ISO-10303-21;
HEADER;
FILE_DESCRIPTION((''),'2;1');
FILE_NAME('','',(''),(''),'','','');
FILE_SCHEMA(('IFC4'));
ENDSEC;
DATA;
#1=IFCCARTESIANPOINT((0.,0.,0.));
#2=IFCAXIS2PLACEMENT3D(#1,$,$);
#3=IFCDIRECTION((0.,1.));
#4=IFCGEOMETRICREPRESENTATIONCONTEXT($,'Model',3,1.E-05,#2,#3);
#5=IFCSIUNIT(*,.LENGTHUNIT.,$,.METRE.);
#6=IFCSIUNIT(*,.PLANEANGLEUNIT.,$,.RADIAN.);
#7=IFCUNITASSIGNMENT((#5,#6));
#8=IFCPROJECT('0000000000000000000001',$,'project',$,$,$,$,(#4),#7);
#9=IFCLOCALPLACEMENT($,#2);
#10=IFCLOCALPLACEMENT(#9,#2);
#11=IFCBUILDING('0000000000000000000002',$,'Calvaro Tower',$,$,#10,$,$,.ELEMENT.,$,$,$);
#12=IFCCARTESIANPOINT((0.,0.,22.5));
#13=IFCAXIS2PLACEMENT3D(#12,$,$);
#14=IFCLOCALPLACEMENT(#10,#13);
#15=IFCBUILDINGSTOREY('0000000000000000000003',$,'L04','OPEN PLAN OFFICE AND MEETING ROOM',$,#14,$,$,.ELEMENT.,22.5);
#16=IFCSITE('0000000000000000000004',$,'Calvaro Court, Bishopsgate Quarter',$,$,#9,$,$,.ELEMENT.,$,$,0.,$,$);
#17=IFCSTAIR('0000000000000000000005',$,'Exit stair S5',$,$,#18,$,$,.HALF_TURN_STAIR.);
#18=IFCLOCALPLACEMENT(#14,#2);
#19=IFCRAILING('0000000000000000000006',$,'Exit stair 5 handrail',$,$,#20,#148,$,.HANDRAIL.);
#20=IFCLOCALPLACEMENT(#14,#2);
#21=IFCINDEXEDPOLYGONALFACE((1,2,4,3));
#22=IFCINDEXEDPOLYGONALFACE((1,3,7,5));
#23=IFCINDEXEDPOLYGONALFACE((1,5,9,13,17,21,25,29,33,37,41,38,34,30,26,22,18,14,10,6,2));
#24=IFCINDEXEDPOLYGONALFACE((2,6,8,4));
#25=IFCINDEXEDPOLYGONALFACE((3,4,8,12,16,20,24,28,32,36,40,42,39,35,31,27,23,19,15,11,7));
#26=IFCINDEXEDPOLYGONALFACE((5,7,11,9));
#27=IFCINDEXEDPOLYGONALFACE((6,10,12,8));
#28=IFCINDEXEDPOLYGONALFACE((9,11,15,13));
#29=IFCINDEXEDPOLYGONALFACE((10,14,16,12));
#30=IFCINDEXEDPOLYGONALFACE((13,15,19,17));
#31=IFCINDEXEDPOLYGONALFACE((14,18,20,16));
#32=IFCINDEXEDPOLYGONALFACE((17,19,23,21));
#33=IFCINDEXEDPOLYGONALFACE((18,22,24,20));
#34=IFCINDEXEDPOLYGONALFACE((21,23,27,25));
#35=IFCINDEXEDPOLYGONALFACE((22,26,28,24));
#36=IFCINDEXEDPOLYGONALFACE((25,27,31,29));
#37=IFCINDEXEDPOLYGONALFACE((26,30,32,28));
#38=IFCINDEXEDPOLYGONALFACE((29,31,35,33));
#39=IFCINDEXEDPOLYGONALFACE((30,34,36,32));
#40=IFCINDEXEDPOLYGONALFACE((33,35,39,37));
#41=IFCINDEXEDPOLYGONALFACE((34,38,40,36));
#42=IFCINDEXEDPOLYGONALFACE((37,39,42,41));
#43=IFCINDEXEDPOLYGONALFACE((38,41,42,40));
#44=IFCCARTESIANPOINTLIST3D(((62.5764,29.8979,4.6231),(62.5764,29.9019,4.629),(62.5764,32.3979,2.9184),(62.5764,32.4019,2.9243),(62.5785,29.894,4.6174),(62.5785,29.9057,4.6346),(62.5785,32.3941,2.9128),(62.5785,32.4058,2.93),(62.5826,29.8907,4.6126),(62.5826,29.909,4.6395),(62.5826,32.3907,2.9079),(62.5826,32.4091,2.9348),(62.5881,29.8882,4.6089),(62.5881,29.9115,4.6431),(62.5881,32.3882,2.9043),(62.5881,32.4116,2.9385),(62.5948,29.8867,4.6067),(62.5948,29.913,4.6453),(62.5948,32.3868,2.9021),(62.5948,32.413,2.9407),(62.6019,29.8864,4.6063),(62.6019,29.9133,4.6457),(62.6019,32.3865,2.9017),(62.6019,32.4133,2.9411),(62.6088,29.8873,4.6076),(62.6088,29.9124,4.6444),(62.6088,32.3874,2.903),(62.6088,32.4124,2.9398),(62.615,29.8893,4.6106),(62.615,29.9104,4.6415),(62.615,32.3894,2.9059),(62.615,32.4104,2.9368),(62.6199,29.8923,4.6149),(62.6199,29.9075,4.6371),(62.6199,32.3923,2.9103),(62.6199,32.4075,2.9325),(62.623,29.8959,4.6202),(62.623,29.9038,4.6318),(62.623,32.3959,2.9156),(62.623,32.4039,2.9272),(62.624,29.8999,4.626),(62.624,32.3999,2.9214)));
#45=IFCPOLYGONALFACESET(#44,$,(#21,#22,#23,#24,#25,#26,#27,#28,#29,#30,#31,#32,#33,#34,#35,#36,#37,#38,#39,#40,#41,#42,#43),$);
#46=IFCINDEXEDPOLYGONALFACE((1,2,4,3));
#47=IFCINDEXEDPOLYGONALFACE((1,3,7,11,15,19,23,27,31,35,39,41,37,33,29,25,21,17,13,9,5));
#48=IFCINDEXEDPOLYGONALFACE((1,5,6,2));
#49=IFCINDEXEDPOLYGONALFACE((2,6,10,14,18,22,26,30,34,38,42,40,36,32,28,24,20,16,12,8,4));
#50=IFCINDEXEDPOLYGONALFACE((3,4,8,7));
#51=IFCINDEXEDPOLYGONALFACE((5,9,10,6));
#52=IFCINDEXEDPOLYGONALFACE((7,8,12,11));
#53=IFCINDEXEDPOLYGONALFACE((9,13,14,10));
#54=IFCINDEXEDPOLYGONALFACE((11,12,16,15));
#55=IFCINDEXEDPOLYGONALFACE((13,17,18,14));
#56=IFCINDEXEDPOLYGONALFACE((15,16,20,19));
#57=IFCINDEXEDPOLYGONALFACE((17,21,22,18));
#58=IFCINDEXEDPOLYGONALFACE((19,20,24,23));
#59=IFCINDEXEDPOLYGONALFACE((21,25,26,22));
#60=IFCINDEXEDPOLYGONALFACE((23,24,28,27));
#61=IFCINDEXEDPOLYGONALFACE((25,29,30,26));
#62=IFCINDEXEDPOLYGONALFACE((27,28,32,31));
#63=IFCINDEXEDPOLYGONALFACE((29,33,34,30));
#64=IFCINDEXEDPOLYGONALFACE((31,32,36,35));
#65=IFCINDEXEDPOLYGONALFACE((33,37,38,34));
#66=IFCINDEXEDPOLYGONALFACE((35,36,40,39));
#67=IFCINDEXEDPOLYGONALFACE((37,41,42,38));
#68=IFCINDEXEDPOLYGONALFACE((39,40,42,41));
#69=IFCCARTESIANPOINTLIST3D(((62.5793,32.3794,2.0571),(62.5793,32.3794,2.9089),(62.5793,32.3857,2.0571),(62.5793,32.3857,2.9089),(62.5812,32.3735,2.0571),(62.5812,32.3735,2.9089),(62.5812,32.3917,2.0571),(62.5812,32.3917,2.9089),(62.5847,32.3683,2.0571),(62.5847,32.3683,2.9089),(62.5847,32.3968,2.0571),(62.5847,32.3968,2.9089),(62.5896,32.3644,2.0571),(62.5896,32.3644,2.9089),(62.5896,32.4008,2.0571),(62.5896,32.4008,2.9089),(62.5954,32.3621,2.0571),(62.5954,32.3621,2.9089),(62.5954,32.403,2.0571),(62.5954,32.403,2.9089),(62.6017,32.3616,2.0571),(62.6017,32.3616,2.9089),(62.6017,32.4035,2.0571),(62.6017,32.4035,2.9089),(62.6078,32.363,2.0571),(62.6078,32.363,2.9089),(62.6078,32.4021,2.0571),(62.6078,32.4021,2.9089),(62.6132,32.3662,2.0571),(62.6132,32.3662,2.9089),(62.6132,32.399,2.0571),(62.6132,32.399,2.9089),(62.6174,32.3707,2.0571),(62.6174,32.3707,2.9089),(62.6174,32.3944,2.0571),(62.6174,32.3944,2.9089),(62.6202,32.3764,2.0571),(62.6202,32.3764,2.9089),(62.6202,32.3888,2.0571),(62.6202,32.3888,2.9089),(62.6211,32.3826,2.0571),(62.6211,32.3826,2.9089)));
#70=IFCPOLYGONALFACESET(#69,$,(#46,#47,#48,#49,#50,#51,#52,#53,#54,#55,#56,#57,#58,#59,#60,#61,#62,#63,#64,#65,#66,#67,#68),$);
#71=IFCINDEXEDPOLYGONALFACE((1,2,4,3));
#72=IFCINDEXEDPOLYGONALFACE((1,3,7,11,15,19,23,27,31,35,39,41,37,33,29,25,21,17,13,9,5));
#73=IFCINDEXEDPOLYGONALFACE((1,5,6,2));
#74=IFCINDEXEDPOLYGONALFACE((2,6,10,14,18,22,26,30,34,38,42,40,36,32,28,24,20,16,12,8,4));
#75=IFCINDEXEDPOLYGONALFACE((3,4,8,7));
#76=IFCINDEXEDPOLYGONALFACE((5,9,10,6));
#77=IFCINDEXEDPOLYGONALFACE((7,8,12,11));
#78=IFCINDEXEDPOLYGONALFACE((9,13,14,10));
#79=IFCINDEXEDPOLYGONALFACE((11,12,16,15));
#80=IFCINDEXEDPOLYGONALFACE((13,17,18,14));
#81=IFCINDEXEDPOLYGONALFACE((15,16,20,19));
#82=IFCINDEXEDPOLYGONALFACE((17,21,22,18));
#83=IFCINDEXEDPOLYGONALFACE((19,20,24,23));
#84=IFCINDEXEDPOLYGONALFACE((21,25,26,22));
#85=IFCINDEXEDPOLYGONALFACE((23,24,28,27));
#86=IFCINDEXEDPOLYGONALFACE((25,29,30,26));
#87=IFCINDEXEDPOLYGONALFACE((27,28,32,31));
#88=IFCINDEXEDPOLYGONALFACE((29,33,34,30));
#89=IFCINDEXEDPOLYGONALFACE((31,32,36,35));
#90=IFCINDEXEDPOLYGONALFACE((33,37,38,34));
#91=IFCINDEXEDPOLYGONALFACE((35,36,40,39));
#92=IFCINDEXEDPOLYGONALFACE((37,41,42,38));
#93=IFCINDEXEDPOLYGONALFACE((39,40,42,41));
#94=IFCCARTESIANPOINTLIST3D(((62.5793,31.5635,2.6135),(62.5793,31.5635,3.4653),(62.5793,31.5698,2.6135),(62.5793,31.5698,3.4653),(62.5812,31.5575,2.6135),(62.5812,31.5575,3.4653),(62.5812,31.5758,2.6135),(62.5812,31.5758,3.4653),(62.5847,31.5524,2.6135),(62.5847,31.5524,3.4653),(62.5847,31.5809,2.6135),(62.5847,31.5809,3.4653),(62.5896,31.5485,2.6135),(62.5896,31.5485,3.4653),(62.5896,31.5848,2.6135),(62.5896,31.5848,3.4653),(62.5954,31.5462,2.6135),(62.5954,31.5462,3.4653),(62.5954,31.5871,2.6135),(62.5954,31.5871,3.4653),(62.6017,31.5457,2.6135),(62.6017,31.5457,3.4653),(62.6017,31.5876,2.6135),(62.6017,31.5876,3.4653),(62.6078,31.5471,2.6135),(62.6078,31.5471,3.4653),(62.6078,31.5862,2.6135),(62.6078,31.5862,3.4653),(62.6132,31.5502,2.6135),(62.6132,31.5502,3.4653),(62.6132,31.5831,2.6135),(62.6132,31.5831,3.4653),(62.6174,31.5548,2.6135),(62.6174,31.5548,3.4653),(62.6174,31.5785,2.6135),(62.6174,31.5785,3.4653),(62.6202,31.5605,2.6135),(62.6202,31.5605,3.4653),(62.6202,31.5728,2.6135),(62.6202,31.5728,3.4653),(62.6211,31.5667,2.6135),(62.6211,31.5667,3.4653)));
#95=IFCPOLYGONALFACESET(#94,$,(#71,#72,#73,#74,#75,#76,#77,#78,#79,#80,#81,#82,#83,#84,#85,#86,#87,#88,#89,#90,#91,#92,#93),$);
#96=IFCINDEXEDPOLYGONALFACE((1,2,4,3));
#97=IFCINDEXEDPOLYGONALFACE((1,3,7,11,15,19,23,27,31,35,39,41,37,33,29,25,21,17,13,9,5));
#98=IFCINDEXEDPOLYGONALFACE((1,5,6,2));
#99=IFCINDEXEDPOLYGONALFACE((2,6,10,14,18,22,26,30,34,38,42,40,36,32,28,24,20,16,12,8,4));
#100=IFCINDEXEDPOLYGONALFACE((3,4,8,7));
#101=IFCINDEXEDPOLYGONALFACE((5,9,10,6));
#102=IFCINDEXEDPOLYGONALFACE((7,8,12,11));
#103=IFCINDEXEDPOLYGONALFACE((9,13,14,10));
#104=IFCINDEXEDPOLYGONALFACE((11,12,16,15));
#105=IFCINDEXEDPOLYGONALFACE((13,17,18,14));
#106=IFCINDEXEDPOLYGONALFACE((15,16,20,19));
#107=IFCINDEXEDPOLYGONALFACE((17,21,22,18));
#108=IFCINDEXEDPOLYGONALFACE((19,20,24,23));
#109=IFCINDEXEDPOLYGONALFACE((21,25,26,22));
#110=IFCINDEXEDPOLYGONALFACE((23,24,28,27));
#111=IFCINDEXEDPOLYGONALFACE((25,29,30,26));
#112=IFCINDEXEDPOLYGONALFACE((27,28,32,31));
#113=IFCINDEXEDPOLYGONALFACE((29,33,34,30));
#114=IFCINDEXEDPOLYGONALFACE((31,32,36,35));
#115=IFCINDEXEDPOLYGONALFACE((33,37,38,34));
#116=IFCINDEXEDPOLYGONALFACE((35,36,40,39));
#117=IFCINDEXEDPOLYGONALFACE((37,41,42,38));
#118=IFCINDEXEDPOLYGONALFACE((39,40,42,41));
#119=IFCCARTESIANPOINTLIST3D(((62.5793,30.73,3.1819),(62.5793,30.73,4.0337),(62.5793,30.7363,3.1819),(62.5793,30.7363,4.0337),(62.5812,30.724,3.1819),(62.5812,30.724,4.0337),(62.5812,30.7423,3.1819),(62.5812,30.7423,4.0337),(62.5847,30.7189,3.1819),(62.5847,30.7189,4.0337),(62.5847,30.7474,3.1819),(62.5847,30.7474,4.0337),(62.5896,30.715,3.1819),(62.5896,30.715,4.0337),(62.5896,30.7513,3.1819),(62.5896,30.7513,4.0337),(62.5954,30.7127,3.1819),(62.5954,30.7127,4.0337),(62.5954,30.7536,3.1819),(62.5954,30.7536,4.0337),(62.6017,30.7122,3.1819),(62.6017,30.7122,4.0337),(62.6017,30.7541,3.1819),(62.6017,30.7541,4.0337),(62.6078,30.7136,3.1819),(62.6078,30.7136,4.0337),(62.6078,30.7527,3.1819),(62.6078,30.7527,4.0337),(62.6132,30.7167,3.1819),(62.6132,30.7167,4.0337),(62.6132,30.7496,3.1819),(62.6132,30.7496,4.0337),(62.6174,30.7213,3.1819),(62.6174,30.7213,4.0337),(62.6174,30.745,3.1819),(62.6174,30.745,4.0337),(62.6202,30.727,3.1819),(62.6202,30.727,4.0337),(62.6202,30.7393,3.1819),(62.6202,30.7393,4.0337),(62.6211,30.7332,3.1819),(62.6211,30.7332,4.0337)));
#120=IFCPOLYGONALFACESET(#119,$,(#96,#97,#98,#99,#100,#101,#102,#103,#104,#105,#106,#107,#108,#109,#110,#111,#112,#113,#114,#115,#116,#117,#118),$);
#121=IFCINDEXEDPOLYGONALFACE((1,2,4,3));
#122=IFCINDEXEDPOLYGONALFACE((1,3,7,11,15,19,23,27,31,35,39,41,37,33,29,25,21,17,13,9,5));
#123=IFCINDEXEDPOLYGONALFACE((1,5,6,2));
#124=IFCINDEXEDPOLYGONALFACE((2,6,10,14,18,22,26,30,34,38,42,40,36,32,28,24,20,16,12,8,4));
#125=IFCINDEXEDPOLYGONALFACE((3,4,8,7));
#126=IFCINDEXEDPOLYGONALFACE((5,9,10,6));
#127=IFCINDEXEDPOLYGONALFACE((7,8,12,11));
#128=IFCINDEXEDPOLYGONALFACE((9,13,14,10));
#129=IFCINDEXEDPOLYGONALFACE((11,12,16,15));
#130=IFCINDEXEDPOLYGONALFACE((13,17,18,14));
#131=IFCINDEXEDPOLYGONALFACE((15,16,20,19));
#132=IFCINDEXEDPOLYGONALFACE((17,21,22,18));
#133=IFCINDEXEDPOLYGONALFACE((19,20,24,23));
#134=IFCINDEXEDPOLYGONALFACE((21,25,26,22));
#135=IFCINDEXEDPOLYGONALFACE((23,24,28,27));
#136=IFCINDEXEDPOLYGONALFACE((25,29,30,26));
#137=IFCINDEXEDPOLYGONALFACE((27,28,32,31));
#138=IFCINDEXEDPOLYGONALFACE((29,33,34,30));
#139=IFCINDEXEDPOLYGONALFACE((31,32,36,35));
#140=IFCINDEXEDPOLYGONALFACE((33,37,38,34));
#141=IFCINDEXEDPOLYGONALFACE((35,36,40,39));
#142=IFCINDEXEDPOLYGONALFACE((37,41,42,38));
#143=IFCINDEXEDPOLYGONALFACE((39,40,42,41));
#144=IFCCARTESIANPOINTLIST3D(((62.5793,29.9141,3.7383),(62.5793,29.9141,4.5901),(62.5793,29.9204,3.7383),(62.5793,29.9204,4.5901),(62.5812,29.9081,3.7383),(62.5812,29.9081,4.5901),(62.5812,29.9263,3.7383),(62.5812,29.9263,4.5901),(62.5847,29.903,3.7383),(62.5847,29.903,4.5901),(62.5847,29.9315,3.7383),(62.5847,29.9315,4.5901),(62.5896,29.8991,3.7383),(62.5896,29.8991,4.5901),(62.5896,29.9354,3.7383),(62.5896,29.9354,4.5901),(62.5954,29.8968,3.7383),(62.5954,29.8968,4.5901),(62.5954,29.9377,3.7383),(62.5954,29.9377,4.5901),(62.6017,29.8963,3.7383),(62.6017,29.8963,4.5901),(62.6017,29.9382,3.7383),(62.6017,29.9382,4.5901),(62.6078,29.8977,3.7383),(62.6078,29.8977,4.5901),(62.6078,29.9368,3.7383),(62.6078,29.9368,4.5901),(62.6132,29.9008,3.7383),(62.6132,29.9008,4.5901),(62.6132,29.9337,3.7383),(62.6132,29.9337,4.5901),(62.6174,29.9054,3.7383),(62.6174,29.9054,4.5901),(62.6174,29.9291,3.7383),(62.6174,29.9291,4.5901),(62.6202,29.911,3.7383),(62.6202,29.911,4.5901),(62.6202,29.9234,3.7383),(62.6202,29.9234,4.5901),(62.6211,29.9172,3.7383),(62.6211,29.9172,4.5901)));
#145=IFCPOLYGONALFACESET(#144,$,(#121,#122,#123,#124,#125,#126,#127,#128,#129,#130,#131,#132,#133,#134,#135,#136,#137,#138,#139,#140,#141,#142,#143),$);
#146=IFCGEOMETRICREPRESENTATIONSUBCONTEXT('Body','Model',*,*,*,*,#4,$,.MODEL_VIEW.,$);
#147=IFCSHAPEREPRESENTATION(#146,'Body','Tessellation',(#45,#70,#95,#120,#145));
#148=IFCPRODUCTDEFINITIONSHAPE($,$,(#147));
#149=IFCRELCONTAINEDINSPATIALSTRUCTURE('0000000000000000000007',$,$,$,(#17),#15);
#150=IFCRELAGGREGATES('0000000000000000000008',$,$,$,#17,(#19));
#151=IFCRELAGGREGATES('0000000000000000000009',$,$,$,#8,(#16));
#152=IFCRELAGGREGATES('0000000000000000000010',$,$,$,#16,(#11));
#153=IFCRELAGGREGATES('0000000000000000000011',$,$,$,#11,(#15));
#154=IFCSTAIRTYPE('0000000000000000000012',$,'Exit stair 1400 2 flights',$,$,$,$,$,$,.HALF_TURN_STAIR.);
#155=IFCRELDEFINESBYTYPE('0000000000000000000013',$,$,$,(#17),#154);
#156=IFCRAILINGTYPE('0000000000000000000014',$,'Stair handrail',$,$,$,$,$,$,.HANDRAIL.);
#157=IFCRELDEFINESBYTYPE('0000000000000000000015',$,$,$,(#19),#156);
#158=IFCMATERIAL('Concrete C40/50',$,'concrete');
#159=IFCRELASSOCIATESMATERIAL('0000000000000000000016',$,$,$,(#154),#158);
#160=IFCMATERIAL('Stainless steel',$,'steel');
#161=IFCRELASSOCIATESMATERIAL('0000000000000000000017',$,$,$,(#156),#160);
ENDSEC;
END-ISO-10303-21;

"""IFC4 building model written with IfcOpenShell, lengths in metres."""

from ifc_helpers import new_model, si_unit, direction, frame, origin, origin_2d, place, context, subcontext, project, spatial, circle, extrude, material, type_object, element, aggregate, save


model = new_model("IFC4")

# Units and contexts
model_context = context("Model", 3, precision=1e-05, world=origin(), true_north=direction((0.0, 1.0)))
body_context = subcontext(model_context, "Body", "Model", "MODEL_VIEW")
ifc_project = project(units=[si_unit("LENGTHUNIT", "METRE"), si_unit("PLANEANGLEUNIT", "RADIAN")], contexts=[model_context])

# Site, building, storey
site_placement = place(None, origin())
site = spatial("IfcSite", under=ifc_project, at=site_placement, Name="Calvaro Court, Bishopsgate Quarter", CompositionType="ELEMENT", RefElevation=0.0)
building_placement = place(site_placement, origin())
building = spatial("IfcBuilding", under=site, at=building_placement, Name="Calvaro Tower", CompositionType="ELEMENT")
storey_placement = place(building_placement, frame((0.0, 0.0, 22.5)))
storey = spatial("IfcBuildingStorey", under=building, at=storey_placement, Name="L04", Description="OPEN PLAN OFFICE AND MEETING ROOM", CompositionType="ELEMENT", Elevation=22.5)

# Stair
ifc_material_1 = material(Name="Concrete C40/50", Category="concrete")
stair_type = type_object("IfcStairType", Name="Exit stair 1400 2 flights", PredefinedType="HALF_TURN_STAIR", material=ifc_material_1)
stair_1_placement = place(storey_placement, origin())
stair_1 = element("IfcStair", 1, at=stair_1_placement, inside=storey, type_object=stair_type, Name="Exit stair S5", PredefinedType="HALF_TURN_STAIR")

# Shared definitions
ifc_material_2 = material(Name="Stainless steel", Category="steel")
railing_type = type_object("IfcRailingType", Name="Stair handrail", PredefinedType="HANDRAIL", material=ifc_material_2)

# Railing
railing_1_placement = place(storey_placement, frame((62.6001, 32.3999, 2.0454)))
railing_1 = element("IfcRailing", 2, at=railing_1_placement, type_object=railing_type, Name="Exit stair 5 handrail", PredefinedType="HANDRAIL", context=body_context, shape_type="SweptSolid", body=[
    extrude(circle(Radius=0.0239, at=origin_2d()), frame((0.0, 0.0, 0.876), z_axis=(0.0, -0.826221, 0.563347), x_axis=(1.0, 0.0, 0.0)), (0.0, 0.0, 1.0), 3.0259),
    extrude(circle(Radius=0.021, at=origin_2d()), frame((0.0, -0.0173, 0.0117)), (0.0, 0.0, 1.0), 0.8518),
    extrude(circle(Radius=0.021, at=origin_2d()), frame((0.0, -0.8333, 0.5681)), (0.0, 0.0, 1.0), 0.8518),
    extrude(circle(Radius=0.021, at=origin_2d()), frame((0.0, -1.6667, 1.1365)), (0.0, 0.0, 1.0), 0.8518),
    extrude(circle(Radius=0.021, at=origin_2d()), frame((0.0, -2.4827, 1.6929)), (0.0, 0.0, 1.0), 0.8518),
])
aggregate(stair_1, [railing_1])

save(model, "model.ifc")
